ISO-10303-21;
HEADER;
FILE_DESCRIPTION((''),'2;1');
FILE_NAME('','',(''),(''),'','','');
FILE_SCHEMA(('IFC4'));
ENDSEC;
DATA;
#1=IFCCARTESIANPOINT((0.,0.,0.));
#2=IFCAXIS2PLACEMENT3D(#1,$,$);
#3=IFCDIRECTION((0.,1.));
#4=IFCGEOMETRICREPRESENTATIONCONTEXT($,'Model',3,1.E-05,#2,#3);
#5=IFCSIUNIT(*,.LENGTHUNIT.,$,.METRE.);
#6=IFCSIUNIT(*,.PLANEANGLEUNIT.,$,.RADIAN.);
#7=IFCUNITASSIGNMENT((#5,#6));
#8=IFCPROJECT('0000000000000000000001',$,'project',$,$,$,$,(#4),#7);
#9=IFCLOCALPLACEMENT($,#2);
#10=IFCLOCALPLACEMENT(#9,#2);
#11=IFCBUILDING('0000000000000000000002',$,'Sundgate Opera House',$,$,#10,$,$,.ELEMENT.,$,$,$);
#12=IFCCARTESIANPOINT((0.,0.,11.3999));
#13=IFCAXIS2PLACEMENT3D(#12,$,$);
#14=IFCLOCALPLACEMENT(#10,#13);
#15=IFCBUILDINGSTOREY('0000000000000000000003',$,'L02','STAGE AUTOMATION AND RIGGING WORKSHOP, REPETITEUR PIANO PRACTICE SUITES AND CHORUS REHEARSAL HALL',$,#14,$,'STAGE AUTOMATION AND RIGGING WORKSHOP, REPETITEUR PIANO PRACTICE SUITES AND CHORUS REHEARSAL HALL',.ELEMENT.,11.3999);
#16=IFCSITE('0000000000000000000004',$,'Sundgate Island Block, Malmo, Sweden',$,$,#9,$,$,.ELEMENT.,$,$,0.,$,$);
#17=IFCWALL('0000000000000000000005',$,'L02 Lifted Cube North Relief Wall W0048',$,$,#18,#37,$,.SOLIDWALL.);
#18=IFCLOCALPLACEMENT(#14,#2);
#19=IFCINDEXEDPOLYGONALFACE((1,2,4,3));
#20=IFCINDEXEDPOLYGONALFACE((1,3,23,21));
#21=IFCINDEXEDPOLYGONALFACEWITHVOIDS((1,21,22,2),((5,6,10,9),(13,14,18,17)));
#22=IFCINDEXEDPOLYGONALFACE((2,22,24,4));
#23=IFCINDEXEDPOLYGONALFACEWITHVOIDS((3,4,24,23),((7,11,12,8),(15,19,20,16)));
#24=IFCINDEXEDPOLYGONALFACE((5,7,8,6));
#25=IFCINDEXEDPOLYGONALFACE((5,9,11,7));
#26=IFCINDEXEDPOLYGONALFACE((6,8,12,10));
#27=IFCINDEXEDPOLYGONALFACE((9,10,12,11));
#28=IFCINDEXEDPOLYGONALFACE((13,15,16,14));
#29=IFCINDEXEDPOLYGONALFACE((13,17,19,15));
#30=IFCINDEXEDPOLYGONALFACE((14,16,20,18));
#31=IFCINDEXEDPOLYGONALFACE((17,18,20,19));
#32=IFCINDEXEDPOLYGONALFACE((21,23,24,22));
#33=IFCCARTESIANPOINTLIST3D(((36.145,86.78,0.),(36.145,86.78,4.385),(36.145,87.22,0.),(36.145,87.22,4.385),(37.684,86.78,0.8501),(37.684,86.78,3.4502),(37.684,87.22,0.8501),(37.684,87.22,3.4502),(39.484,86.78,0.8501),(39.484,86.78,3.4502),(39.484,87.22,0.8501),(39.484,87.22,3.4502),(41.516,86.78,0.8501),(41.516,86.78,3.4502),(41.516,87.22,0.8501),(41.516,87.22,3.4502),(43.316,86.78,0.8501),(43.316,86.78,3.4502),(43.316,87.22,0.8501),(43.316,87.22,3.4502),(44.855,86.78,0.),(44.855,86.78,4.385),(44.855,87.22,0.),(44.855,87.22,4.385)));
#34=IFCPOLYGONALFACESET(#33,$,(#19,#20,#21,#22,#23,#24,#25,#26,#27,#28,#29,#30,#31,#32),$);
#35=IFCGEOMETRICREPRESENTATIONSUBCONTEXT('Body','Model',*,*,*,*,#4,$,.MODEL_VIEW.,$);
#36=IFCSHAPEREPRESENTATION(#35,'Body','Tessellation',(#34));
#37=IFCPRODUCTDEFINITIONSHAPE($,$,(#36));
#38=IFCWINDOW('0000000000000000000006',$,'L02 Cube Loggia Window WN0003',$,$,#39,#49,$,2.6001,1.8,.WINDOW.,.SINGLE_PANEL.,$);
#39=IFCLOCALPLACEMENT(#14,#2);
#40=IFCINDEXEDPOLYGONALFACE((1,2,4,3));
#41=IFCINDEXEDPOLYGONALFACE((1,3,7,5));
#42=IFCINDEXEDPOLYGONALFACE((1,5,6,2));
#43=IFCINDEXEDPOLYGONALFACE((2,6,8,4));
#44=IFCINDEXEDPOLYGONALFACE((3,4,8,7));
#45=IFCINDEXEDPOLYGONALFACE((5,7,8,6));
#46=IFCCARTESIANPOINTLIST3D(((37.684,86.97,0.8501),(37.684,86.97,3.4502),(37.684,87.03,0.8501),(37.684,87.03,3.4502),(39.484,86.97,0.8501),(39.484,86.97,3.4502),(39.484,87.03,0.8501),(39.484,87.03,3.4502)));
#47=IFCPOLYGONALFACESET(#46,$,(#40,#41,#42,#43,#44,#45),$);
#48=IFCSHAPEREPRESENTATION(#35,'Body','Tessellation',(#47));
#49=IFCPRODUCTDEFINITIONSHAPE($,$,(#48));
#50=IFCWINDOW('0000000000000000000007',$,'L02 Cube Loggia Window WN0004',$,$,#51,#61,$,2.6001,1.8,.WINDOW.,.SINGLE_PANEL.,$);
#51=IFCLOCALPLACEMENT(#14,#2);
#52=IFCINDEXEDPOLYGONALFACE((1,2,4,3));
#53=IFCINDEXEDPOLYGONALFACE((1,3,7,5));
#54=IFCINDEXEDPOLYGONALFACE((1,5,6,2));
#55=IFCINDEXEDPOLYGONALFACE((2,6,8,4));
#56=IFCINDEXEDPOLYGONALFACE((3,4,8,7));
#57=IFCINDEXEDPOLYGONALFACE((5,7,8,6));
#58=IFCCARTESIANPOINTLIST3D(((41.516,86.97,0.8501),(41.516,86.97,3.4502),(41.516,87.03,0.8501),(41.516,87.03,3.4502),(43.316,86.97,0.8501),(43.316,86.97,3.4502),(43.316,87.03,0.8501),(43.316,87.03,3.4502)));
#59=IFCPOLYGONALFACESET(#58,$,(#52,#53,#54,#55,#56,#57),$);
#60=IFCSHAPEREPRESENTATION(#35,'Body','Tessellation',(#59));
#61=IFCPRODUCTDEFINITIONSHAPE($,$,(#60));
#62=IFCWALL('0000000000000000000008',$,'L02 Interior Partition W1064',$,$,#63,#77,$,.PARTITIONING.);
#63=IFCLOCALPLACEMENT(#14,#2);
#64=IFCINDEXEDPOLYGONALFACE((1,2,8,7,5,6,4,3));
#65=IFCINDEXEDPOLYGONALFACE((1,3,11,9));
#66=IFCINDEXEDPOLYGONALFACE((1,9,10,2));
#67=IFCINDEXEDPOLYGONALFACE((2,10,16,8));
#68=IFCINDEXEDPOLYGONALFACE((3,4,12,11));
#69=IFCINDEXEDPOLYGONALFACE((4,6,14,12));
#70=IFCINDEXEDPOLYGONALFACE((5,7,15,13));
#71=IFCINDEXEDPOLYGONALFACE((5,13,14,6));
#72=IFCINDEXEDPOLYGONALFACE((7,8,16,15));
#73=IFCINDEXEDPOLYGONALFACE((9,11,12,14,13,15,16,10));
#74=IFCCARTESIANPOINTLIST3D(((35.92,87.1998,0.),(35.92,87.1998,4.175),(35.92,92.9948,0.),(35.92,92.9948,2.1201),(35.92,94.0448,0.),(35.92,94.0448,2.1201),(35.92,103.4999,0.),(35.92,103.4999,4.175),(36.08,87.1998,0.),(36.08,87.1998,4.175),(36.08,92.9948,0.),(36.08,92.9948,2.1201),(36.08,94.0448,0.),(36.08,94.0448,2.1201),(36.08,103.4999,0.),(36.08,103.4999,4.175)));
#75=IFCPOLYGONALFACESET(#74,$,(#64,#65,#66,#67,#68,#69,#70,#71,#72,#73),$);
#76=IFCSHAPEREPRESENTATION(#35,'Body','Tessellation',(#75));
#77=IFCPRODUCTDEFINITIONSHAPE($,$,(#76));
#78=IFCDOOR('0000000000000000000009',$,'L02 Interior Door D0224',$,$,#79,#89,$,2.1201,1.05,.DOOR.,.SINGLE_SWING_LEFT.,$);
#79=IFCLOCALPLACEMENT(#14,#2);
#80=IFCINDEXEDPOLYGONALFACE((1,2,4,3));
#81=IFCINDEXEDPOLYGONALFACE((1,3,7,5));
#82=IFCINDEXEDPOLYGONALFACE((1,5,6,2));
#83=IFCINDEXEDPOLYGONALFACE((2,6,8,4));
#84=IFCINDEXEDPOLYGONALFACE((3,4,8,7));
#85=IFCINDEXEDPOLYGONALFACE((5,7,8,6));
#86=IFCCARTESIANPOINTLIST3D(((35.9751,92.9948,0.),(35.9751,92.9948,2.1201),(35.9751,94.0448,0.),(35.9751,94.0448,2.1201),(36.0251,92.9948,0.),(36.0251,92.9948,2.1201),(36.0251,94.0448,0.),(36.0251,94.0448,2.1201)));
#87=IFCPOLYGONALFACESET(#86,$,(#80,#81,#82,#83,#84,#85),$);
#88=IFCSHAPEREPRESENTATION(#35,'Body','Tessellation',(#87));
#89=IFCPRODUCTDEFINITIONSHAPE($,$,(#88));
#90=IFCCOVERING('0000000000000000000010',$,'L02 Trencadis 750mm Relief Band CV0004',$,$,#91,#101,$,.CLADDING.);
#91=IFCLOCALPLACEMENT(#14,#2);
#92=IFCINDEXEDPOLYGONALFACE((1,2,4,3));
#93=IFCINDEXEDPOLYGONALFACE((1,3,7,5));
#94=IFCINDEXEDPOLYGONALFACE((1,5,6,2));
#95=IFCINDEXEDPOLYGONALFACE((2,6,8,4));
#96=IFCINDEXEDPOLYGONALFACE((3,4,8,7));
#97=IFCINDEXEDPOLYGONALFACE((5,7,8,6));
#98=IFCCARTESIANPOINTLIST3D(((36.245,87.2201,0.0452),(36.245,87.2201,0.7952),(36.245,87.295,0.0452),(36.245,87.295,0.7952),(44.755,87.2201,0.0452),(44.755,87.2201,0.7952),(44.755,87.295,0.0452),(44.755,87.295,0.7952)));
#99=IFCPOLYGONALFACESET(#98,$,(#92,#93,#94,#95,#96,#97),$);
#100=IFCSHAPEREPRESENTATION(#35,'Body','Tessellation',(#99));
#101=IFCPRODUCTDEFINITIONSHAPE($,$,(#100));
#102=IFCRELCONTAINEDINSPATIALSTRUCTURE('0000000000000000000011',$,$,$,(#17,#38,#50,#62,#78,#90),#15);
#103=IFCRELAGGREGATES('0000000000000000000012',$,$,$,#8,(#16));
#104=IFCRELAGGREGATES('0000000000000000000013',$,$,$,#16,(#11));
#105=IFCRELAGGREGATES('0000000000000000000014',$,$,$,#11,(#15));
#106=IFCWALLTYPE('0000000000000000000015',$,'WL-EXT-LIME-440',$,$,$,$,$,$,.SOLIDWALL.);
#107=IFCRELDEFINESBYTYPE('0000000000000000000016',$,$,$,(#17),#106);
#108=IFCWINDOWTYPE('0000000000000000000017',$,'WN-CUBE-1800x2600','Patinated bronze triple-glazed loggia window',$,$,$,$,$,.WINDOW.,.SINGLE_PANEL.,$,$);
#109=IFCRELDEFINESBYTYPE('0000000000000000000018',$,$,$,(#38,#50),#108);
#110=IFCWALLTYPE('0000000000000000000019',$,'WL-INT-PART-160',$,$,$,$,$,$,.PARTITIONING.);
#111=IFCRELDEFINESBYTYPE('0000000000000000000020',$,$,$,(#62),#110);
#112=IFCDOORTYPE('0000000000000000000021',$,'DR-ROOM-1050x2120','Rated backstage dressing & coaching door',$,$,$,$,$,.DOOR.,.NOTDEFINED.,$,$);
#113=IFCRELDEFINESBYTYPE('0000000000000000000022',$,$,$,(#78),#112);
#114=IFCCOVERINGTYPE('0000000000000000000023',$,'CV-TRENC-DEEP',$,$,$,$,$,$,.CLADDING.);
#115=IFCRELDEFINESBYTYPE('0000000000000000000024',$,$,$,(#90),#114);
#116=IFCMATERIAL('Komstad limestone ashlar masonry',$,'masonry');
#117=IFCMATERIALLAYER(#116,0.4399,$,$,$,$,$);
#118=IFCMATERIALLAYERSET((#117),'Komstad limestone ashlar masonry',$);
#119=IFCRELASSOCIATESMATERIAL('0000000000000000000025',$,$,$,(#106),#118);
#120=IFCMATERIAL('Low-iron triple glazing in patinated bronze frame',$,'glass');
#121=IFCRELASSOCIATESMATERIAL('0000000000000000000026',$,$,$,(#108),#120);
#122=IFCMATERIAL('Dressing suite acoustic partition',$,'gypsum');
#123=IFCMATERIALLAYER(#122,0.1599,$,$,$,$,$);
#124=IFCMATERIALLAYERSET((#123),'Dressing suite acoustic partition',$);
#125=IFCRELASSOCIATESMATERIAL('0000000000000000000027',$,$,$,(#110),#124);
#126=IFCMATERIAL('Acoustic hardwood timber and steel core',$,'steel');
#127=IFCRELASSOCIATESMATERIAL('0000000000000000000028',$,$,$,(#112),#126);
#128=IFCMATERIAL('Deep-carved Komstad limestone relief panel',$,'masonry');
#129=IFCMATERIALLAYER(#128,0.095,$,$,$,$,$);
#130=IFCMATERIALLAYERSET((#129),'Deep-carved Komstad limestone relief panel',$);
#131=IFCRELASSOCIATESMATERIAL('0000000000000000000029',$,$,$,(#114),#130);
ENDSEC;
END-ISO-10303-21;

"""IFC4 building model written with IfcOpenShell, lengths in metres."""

from ifc_helpers import new_model, si_unit, direction, frame, frame_2d, origin, origin_2d, place, context, subcontext, project, spatial, rectangle, extrude, material, layer, layer_set, type_object, element, fill, save


model = new_model("IFC4")

# Units and contexts
model_context = context("Model", 3, precision=1e-05, world=origin(), true_north=direction((0.0, 1.0)))
body_context = subcontext(model_context, "Body", "Model", "MODEL_VIEW")
ifc_project = project(units=[si_unit("LENGTHUNIT", "METRE"), si_unit("PLANEANGLEUNIT", "RADIAN")], contexts=[model_context])

# Site, building, storey
site_placement = place(None, origin())
site = spatial("IfcSite", under=ifc_project, at=site_placement, Name="Sundgate Island Block, Malmo, Sweden", CompositionType="ELEMENT", RefElevation=0.0)
building_placement = place(site_placement, origin())
building = spatial("IfcBuilding", under=site, at=building_placement, Name="Sundgate Opera House", CompositionType="ELEMENT")
storey_placement = place(building_placement, frame((0.0, 0.0, 11.3999)))
storey = spatial("IfcBuildingStorey", under=building, at=storey_placement, Name="L02", Description="STAGE AUTOMATION AND RIGGING WORKSHOP, REPETITEUR PIANO PRACTICE SUITES AND CHORUS REHEARSAL HALL", LongName="STAGE AUTOMATION AND RIGGING WORKSHOP, REPETITEUR PIANO PRACTICE SUITES AND CHORUS REHEARSAL HALL", CompositionType="ELEMENT", Elevation=11.3999)

# Wall, openings, windows
ifc_material_1 = material(Name="Komstad limestone ashlar masonry", Category="masonry")
ifc_layer_1 = layer(ifc_material_1, 0.4399)
ifc_layer_set_1 = layer_set([ifc_layer_1], Name="Komstad limestone ashlar masonry")
wall_type_1 = type_object("IfcWallType", Name="WL-EXT-LIME-440", PredefinedType="SOLIDWALL", material=ifc_layer_set_1)
wall_1_placement = place(storey_placement, frame((36.145, 87.0, 0.0), z_axis=(0.0, 0.0, 1.0), x_axis=(1.0, 0.0, 0.0)))
wall_1 = element("IfcWall", 1, at=wall_1_placement, inside=storey, type_object=wall_type_1, Name="L02 Lifted Cube North Relief Wall W0048", PredefinedType="SOLIDWALL", context=body_context, shape_type="SweptSolid", body=[
    extrude(rectangle(XDim=8.71, YDim=0.4399, at=frame_2d((4.355, 0.0))), origin(), (0.0, 0.0, 1.0), 4.385),
])
opening_1_placement = place(wall_1_placement, frame((1.5391, 0.0, 0.8501)))
opening_1 = element("IfcOpeningElement", 2, at=opening_1_placement, cuts=wall_1, PredefinedType="OPENING", context=body_context, shape_type="SweptSolid", body=[
    extrude(rectangle(XDim=1.8, YDim=2.6001, at=frame_2d((0.8999, 1.3))), frame((0.0, 0.23, 0.0), z_axis=(0.0, -1.0, 0.0), x_axis=(1.0, 0.0, 0.0)), (0.0, 0.0, 1.0), 0.46),
])
opening_2_placement = place(wall_1_placement, frame((5.3711, 0.0, 0.8501)))
opening_2 = element("IfcOpeningElement", 3, at=opening_2_placement, cuts=wall_1, PredefinedType="OPENING", context=body_context, shape_type="SweptSolid", body=[
    extrude(rectangle(XDim=1.8, YDim=2.6001, at=frame_2d((0.8999, 1.3))), frame((0.0, 0.23, 0.0), z_axis=(0.0, -1.0, 0.0), x_axis=(1.0, 0.0, 0.0)), (0.0, 0.0, 1.0), 0.46),
])
ifc_material_2 = material(Name="Low-iron triple glazing in patinated bronze frame", Category="glass")
window_type = type_object("IfcWindowType", Name="WN-CUBE-1800x2600", Description="Patinated bronze triple-glazed loggia window", PartitioningType="SINGLE_PANEL", PredefinedType="WINDOW", material=ifc_material_2)
window_1_placement = place(opening_1_placement, origin())
window_1 = element("IfcWindow", 4, at=window_1_placement, inside=storey, type_object=window_type, Name="L02 Cube Loggia Window WN0003", OverallHeight=2.6001, OverallWidth=1.8, PartitioningType="SINGLE_PANEL", PredefinedType="WINDOW", context=body_context, shape_type="SweptSolid", body=[
    extrude(rectangle(XDim=1.8, YDim=2.6001, at=frame_2d((0.8999, 1.3))), frame((0.0, 0.03, 0.0), z_axis=(0.0, -1.0, 0.0), x_axis=(1.0, 0.0, 0.0)), (0.0, 0.0, 1.0), 0.0601),
])
fill(opening_1, window_1)
window_2_placement = place(opening_2_placement, origin())
window_2 = element("IfcWindow", 5, at=window_2_placement, inside=storey, type_object=window_type, Name="L02 Cube Loggia Window WN0004", OverallHeight=2.6001, OverallWidth=1.8, PartitioningType="SINGLE_PANEL", PredefinedType="WINDOW", context=body_context, shape_type="SweptSolid", body=[
    extrude(rectangle(XDim=1.8, YDim=2.6001, at=frame_2d((0.8999, 1.3))), frame((0.0, 0.03, 0.0), z_axis=(0.0, -1.0, 0.0), x_axis=(1.0, 0.0, 0.0)), (0.0, 0.0, 1.0), 0.0601),
])
fill(opening_2, window_2)

# Wall, opening, door
ifc_material_3 = material(Name="Dressing suite acoustic partition", Category="gypsum")
ifc_layer_2 = layer(ifc_material_3, 0.1599)
ifc_layer_set_2 = layer_set([ifc_layer_2], Name="Dressing suite acoustic partition")
wall_type_2 = type_object("IfcWallType", Name="WL-INT-PART-160", PredefinedType="PARTITIONING", material=ifc_layer_set_2)
wall_2_placement = place(storey_placement, frame((36.0, 87.2, 0.0), z_axis=(0.0, 0.0, 1.0), x_axis=(0.0, 1.0, 0.0)))
wall_2 = element("IfcWall", 6, at=wall_2_placement, inside=storey, type_object=wall_type_2, Name="L02 Interior Partition W1064", PredefinedType="PARTITIONING", context=body_context, shape_type="SweptSolid", body=[
    extrude(rectangle(XDim=16.3, YDim=0.1599, at=frame_2d((8.1499, 0.0))), origin(), (0.0, 0.0, 1.0), 4.175),
])
opening_3_placement = place(wall_2_placement, frame((5.7949, 0.0, 0.0)))
opening_3 = element("IfcOpeningElement", 7, at=opening_3_placement, cuts=wall_2, PredefinedType="OPENING", context=body_context, shape_type="SweptSolid", body=[
    extrude(rectangle(XDim=1.05, YDim=2.1201, at=frame_2d((0.5249, 1.0601))), frame((0.0, 0.0898, 0.0), z_axis=(0.0, -1.0, 0.0), x_axis=(1.0, 0.0, 0.0)), (0.0, 0.0, 1.0), 0.1799),
])
ifc_material_4 = material(Name="Acoustic hardwood timber and steel core", Category="steel")
door_type = type_object("IfcDoorType", Name="DR-ROOM-1050x2120", Description="Rated backstage dressing & coaching door", OperationType="NOTDEFINED", PredefinedType="DOOR", material=ifc_material_4)
door_placement = place(opening_3_placement, origin())
door = element("IfcDoor", 8, at=door_placement, inside=storey, type_object=door_type, Name="L02 Interior Door D0224", OperationType="SINGLE_SWING_LEFT", OverallHeight=2.1201, OverallWidth=1.05, PredefinedType="DOOR", context=body_context, shape_type="SweptSolid", body=[
    extrude(rectangle(XDim=1.05, YDim=2.1201, at=frame_2d((0.5249, 1.0601))), frame((0.0, 0.0249, 0.0), z_axis=(0.0, -1.0, 0.0), x_axis=(1.0, 0.0, 0.0)), (0.0, 0.0, 1.0), 0.05),
])
fill(opening_3, door)

# Covering
ifc_material_5 = material(Name="Deep-carved Komstad limestone relief panel", Category="masonry")
ifc_layer_3 = layer(ifc_material_5, 0.095)
ifc_layer_set_3 = layer_set([ifc_layer_3], Name="Deep-carved Komstad limestone relief panel")
covering_type = type_object("IfcCoveringType", Name="CV-TRENC-DEEP", PredefinedType="CLADDING", material=ifc_layer_set_3)
covering_placement = place(storey_placement, frame((40.5, 87.2576, 0.0452), z_axis=(0.0, 0.0, 1.0), x_axis=(1.0, 0.0, 0.0)))
element("IfcCovering", 9, at=covering_placement, inside=storey, type_object=covering_type, Name="L02 Trencadis 750mm Relief Band CV0004", PredefinedType="CLADDING", context=body_context, shape_type="SweptSolid", body=[
    extrude(rectangle(XDim=8.51, YDim=0.075, at=origin_2d()), origin(), (0.0, 0.0, 1.0), 0.75),
])

save(model, "model.ifc")
